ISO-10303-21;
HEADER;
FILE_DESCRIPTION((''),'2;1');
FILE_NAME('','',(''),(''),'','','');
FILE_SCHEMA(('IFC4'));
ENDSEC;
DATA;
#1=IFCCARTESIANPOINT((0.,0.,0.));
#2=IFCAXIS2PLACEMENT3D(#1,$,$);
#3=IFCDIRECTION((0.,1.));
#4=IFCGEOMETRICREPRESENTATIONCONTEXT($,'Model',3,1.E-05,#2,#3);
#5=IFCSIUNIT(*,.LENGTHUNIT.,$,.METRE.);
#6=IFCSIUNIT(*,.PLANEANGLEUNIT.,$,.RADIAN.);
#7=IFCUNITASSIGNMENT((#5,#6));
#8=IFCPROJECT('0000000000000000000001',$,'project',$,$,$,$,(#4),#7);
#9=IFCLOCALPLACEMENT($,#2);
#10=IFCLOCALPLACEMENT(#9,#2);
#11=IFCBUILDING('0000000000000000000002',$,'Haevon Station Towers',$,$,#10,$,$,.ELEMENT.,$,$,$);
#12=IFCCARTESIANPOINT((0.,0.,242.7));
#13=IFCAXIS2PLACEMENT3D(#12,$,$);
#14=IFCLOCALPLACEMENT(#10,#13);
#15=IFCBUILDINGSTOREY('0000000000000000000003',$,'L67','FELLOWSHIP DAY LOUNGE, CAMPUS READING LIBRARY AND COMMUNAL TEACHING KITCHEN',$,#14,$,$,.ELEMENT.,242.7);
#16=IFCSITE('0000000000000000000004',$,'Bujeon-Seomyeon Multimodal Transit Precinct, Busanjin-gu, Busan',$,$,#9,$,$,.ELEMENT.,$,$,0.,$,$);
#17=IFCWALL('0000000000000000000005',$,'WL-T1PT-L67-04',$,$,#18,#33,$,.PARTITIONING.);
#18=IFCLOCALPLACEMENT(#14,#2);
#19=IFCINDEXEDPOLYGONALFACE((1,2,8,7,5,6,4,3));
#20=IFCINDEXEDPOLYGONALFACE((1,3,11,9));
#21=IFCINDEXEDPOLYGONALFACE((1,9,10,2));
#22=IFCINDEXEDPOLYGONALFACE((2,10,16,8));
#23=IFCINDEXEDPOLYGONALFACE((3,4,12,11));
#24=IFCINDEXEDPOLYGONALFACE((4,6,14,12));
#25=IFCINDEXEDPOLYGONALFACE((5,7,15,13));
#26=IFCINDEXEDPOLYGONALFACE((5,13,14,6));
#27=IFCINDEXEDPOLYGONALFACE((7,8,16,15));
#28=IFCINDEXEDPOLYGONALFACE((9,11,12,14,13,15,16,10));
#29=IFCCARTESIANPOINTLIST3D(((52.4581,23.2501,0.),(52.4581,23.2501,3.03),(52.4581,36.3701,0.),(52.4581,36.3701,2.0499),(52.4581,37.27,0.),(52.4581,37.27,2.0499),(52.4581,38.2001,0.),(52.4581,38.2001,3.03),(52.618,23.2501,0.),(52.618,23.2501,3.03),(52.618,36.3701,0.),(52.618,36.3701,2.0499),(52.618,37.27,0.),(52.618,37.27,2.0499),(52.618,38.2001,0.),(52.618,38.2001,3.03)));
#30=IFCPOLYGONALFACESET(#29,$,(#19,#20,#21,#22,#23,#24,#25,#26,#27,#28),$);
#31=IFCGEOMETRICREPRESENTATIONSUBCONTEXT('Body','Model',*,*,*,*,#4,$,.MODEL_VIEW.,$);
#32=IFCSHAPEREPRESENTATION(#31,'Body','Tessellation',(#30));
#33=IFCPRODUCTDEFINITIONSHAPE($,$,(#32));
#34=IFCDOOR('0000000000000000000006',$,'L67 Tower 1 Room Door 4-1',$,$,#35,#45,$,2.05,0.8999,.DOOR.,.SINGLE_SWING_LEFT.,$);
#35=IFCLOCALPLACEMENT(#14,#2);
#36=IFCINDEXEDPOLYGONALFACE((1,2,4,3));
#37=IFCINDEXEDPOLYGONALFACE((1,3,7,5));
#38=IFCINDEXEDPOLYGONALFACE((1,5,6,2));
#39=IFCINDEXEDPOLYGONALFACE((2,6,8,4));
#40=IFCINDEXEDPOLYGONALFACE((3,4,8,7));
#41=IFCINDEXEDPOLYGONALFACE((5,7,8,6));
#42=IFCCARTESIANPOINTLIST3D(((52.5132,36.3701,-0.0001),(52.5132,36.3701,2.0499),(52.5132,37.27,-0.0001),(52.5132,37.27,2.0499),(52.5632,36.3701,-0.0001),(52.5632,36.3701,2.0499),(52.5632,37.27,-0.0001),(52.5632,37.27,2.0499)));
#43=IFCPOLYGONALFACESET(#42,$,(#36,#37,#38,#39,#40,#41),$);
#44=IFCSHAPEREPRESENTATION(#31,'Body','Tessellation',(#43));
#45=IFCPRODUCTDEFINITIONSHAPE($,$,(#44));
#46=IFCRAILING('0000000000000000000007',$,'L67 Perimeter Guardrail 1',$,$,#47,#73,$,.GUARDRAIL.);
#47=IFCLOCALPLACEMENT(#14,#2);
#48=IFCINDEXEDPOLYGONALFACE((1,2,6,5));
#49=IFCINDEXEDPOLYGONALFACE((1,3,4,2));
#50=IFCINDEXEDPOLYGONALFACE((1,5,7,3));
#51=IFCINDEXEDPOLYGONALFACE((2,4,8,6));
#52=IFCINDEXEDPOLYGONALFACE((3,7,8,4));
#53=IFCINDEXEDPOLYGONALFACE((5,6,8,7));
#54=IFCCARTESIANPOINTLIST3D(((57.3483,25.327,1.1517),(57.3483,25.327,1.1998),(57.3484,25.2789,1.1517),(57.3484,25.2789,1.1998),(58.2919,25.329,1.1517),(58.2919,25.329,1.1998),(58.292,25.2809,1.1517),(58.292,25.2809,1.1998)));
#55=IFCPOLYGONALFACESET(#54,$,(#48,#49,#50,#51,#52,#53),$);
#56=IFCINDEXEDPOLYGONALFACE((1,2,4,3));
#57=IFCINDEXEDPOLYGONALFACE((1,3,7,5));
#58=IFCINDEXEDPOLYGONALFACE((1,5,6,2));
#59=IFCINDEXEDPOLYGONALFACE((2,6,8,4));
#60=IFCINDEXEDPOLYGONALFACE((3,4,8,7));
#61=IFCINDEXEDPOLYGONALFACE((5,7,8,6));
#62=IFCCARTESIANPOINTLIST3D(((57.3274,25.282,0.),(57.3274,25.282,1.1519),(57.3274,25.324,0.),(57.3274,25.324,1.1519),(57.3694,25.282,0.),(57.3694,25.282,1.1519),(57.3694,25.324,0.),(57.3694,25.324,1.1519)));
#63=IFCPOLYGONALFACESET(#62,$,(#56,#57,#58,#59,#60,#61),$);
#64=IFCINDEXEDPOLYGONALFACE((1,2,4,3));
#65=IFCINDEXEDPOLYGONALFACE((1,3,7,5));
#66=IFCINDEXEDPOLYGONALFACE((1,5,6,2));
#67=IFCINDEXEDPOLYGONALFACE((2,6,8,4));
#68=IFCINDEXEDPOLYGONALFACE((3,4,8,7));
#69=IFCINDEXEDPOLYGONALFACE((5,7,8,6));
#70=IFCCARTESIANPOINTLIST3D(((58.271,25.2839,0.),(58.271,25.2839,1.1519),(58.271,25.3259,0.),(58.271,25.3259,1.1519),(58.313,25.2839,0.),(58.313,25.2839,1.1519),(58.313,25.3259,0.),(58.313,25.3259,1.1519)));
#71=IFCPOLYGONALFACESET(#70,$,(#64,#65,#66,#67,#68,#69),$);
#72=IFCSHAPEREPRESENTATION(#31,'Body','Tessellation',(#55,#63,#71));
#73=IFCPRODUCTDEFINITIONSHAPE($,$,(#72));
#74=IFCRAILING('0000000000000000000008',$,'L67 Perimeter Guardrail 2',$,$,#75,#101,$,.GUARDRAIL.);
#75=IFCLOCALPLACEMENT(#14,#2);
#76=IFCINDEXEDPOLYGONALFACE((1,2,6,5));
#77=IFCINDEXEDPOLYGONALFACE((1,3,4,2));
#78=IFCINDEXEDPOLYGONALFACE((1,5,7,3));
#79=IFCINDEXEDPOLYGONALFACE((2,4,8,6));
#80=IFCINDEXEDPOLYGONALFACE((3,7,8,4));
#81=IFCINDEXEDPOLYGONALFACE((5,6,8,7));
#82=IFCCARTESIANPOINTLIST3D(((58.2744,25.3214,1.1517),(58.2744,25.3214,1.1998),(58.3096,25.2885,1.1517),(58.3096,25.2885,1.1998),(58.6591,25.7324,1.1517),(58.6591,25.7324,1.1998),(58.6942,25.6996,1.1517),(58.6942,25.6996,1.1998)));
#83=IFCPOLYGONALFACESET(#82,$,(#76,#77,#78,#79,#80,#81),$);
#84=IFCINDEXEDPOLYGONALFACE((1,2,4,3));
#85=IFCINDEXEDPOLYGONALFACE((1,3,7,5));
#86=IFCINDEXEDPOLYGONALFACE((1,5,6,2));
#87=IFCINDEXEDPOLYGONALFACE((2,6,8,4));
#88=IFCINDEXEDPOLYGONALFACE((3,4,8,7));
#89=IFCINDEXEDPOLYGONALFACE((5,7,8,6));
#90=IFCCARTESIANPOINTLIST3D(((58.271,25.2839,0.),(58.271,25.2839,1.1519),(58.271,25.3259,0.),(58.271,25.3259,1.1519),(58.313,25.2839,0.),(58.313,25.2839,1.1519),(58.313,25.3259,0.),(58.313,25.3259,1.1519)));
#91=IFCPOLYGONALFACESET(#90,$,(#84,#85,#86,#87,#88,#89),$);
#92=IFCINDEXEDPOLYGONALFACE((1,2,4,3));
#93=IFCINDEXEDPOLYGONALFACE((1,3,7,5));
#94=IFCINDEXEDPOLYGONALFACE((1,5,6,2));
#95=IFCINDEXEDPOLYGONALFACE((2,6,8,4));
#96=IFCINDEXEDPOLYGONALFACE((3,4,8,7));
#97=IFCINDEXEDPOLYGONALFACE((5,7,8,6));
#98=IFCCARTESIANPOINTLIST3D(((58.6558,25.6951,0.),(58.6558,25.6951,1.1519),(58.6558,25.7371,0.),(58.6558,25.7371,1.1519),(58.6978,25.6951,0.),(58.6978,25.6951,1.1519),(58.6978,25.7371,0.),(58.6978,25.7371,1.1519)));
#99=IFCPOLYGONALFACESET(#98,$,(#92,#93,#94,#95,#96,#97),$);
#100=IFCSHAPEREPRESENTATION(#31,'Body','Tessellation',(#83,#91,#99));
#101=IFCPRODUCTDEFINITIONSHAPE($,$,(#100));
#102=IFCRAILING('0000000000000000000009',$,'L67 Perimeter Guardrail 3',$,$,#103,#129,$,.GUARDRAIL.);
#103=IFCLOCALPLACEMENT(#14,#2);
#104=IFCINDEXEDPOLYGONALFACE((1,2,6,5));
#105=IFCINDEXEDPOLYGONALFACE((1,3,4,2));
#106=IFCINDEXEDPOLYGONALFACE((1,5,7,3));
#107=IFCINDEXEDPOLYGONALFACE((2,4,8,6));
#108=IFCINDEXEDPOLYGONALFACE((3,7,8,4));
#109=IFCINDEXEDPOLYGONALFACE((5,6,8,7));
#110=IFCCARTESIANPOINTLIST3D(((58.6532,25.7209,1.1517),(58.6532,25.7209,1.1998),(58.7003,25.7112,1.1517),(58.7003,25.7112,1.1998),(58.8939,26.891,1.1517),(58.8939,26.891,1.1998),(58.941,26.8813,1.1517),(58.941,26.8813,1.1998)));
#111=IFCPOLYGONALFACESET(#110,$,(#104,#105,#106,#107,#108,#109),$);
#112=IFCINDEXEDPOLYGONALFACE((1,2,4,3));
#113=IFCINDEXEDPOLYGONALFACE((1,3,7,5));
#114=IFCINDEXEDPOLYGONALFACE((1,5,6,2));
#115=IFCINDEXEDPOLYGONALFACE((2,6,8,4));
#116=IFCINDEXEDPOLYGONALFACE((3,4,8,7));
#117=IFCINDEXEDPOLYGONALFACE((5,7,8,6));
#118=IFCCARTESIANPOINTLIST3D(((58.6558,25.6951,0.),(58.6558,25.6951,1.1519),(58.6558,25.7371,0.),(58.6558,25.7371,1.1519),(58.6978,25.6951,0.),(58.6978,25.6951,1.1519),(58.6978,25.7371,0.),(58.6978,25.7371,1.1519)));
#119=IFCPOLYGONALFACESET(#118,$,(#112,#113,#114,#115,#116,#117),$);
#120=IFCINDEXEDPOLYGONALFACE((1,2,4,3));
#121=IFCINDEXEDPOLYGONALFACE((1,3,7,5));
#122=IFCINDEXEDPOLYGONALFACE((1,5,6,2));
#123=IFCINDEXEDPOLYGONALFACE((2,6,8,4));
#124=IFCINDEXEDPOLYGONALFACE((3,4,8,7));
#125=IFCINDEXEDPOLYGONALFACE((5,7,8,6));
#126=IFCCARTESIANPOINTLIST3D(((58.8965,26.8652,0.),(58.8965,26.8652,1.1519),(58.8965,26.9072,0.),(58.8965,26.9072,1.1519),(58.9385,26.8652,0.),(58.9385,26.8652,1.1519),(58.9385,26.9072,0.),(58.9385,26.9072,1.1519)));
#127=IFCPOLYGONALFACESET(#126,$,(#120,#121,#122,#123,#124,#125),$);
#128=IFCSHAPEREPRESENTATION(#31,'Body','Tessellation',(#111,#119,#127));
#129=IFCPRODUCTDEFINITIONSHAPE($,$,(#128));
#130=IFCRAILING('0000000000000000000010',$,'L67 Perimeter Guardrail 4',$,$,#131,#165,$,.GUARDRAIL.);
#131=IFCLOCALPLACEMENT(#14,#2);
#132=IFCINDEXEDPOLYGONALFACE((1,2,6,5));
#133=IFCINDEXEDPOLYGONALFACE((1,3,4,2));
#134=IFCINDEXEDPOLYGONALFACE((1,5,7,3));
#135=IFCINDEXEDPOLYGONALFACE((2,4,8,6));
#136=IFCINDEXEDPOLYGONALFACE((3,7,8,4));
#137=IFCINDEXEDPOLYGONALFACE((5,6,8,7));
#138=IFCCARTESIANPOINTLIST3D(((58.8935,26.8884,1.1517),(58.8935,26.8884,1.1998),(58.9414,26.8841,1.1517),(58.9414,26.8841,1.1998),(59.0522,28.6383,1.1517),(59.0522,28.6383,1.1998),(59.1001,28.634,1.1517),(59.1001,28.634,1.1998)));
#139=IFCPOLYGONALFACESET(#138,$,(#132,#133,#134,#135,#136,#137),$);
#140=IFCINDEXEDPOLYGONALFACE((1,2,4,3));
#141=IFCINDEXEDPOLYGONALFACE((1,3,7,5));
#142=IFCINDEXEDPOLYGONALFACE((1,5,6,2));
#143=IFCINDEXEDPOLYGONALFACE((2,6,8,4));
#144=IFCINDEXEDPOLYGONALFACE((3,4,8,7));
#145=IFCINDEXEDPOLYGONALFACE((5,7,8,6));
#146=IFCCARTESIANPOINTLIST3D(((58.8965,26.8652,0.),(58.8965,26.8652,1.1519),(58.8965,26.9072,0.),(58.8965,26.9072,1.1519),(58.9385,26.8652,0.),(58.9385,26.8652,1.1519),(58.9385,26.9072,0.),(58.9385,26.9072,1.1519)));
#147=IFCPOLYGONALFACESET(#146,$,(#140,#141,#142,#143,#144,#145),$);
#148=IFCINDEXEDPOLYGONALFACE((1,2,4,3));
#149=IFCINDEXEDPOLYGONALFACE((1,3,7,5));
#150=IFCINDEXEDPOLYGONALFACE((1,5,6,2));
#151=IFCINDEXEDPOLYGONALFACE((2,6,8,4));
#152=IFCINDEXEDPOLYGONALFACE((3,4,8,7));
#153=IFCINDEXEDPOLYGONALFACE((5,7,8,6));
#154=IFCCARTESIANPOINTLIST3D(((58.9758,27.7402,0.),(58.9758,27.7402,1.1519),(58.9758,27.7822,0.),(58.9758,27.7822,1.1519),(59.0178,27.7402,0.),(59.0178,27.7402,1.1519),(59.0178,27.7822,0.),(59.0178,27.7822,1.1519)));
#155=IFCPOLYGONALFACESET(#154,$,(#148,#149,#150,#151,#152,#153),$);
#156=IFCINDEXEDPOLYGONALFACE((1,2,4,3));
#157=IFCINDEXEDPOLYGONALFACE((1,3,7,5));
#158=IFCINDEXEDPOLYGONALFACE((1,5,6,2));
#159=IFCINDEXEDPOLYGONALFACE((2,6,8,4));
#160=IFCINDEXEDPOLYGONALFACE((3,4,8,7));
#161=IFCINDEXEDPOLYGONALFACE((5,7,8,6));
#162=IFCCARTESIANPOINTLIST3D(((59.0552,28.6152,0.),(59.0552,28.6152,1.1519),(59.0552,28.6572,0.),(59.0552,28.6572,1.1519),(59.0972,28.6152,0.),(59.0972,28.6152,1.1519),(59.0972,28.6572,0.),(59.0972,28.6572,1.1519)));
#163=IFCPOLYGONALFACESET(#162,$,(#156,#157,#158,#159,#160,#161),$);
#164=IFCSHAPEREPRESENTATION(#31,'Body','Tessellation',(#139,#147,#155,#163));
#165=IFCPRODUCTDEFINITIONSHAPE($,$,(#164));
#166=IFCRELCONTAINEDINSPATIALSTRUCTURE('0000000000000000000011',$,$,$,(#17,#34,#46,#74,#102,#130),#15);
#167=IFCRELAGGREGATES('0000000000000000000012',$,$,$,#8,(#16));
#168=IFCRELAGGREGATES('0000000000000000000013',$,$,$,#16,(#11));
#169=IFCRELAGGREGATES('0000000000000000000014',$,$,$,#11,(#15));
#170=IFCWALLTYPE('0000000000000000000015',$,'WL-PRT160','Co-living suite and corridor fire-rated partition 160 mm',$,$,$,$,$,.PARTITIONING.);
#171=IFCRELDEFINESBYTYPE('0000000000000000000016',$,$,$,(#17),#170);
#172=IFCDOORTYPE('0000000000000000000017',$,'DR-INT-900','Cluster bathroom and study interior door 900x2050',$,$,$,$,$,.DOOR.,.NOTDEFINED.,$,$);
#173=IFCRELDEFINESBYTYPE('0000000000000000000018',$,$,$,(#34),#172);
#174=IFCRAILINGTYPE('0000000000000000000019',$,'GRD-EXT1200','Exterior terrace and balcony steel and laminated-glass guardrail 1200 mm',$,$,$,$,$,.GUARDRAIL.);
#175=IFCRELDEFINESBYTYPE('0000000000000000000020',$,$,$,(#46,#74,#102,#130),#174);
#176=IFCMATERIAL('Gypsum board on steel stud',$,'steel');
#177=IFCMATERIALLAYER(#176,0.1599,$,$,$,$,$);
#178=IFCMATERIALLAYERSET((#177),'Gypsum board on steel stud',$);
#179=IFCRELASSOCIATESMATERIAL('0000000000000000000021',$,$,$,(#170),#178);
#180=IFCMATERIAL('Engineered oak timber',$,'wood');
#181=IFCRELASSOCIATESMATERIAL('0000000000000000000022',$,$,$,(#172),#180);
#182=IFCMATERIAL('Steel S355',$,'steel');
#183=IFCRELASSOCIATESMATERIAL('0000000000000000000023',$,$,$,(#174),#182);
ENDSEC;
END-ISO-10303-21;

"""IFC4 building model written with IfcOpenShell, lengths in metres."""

from ifc_helpers import new_model, si_unit, direction, frame, frame_2d, origin, origin_2d, place, context, subcontext, project, spatial, rectangle, extrude, material, layer, layer_set, type_object, element, fill, save


model = new_model("IFC4")

# Units and contexts
model_context = context("Model", 3, precision=1e-05, world=origin(), true_north=direction((0.0, 1.0)))
body_context = subcontext(model_context, "Body", "Model", "MODEL_VIEW")
ifc_project = project(units=[si_unit("LENGTHUNIT", "METRE"), si_unit("PLANEANGLEUNIT", "RADIAN")], contexts=[model_context])

# Site, building, storey
site_placement = place(None, origin())
site = spatial("IfcSite", under=ifc_project, at=site_placement, Name="Bujeon-Seomyeon Multimodal Transit Precinct, Busanjin-gu, Busan", CompositionType="ELEMENT", RefElevation=0.0)
building_placement = place(site_placement, origin())
building = spatial("IfcBuilding", under=site, at=building_placement, Name="Haevon Station Towers", CompositionType="ELEMENT")
storey_placement = place(building_placement, frame((0.0, 0.0, 242.7)))
storey = spatial("IfcBuildingStorey", under=building, at=storey_placement, Name="L67", Description="FELLOWSHIP DAY LOUNGE, CAMPUS READING LIBRARY AND COMMUNAL TEACHING KITCHEN", CompositionType="ELEMENT", Elevation=242.7)

# Shared definitions
ifc_material_1 = material(Name="Steel S355", Category="steel")

# Wall, opening, door
ifc_material_2 = material(Name="Gypsum board on steel stud", Category="steel")
ifc_layer_1 = layer(ifc_material_2, 0.1599)
ifc_layer_set_1 = layer_set([ifc_layer_1], Name="Gypsum board on steel stud")
wall_type_1 = type_object("IfcWallType", Name="WL-PRT160", Description="Co-living suite and corridor fire-rated partition 160 mm", PredefinedType="PARTITIONING", material=ifc_layer_set_1)
wall_1_placement = place(storey_placement, frame((52.5381, 23.25, 0.0), z_axis=(0.0, 0.0, 1.0), x_axis=(0.0, 1.0, 0.0)))
wall_1 = element("IfcWall", 1, at=wall_1_placement, inside=storey, type_object=wall_type_1, Name="WL-T1PT-L67-04", PredefinedType="PARTITIONING", context=body_context, shape_type="SweptSolid", body=[
    extrude(rectangle(XDim=14.95, YDim=0.1599, at=frame_2d((7.4751, 0.0))), origin(), (0.0, 0.0, 1.0), 3.03),
])
opening_1_placement = place(wall_1_placement, frame((13.1201, 0.0, 0.0)))
opening_1 = element("IfcOpeningElement", 2, at=opening_1_placement, cuts=wall_1, PredefinedType="OPENING", context=body_context, shape_type="SweptSolid", body=[
    extrude(rectangle(XDim=0.8999, YDim=2.05, at=frame_2d((0.45, 1.0249))), frame((0.0, 0.0898, 0.0), z_axis=(0.0, -1.0, 0.0), x_axis=(1.0, 0.0, 0.0)), (0.0, 0.0, 1.0), 0.1799),
])
ifc_material_3 = material(Name="Engineered oak timber", Category="wood")
door_type = type_object("IfcDoorType", Name="DR-INT-900", Description="Cluster bathroom and study interior door 900x2050", OperationType="NOTDEFINED", PredefinedType="DOOR", material=ifc_material_3)
door_placement = place(opening_1_placement, origin())
door = element("IfcDoor", 3, at=door_placement, inside=storey, type_object=door_type, Name="L67 Tower 1 Room Door 4-1", OperationType="SINGLE_SWING_LEFT", OverallHeight=2.05, OverallWidth=0.8999, PredefinedType="DOOR", context=body_context, shape_type="SweptSolid", body=[
    extrude(rectangle(XDim=0.8999, YDim=2.05, at=frame_2d((0.45, 1.0249))), frame((0.0, 0.0249, 0.0), z_axis=(0.0, -1.0, 0.0), x_axis=(1.0, 0.0, 0.0)), (0.0, 0.0, 1.0), 0.05),
])
fill(opening_1, door)

# Railings
railing_type = type_object("IfcRailingType", Name="GRD-EXT1200", Description="Exterior terrace and balcony steel and laminated-glass guardrail 1200 mm", PredefinedType="GUARDRAIL", material=ifc_material_1)
railing_1_placement = place(storey_placement, frame((57.3484, 25.303, 0.0)))
element("IfcRailing", 4, at=railing_1_placement, inside=storey, type_object=railing_type, Name="L67 Perimeter Guardrail 1", PredefinedType="GUARDRAIL", context=body_context, shape_type="SweptSolid", body=[
    extrude(rectangle(XDim=0.0481, YDim=0.0481, at=origin_2d()), frame((0.0, 0.0, 1.1758), z_axis=(0.999998, 0.00207, 0.0), x_axis=(-0.00207, 0.999998, 0.0)), (0.0, 0.0, 1.0), 0.9436),
    extrude(rectangle(XDim=0.042, YDim=0.042, at=origin_2d()), origin(), (0.0, 0.0, 1.0), 1.1519),
    extrude(rectangle(XDim=0.042, YDim=0.042, at=origin_2d()), frame((0.9436, 0.002, 0.0)), (0.0, 0.0, 1.0), 1.1519),
])
railing_2_placement = place(storey_placement, frame((58.292, 25.3049, 0.0)))
element("IfcRailing", 5, at=railing_2_placement, inside=storey, type_object=railing_type, Name="L67 Perimeter Guardrail 2", PredefinedType="GUARDRAIL", context=body_context, shape_type="SweptSolid", body=[
    extrude(rectangle(XDim=0.0481, YDim=0.0481, at=origin_2d()), frame((0.0, 0.0, 1.1758), z_axis=(0.683306, 0.730132, 0.0), x_axis=(-0.730132, 0.683306, 0.0)), (0.0, 0.0, 1.0), 0.563),
    extrude(rectangle(XDim=0.042, YDim=0.042, at=origin_2d()), origin(), (0.0, 0.0, 1.0), 1.1519),
    extrude(rectangle(XDim=0.042, YDim=0.042, at=origin_2d()), frame((0.3848, 0.4111, 0.0)), (0.0, 0.0, 1.0), 1.1519),
])
railing_3_placement = place(storey_placement, frame((58.6768, 25.7161, 0.0)))
element("IfcRailing", 6, at=railing_3_placement, inside=storey, type_object=railing_type, Name="L67 Perimeter Guardrail 3", PredefinedType="GUARDRAIL", context=body_context, shape_type="SweptSolid", body=[
    extrude(rectangle(XDim=0.0481, YDim=0.0481, at=origin_2d()), frame((0.0, 0.0, 1.1758), z_axis=(0.201497, 0.979489, 0.0), x_axis=(-0.979489, 0.201497, 0.0)), (0.0, 0.0, 1.0), 1.1946),
    extrude(rectangle(XDim=0.042, YDim=0.042, at=origin_2d()), origin(), (0.0, 0.0, 1.0), 1.1519),
    extrude(rectangle(XDim=0.042, YDim=0.042, at=origin_2d()), frame((0.2407, 1.1702, 0.0)), (0.0, 0.0, 1.0), 1.1519),
])
railing_4_placement = place(storey_placement, frame((58.9175, 26.8862, 0.0)))
element("IfcRailing", 7, at=railing_4_placement, inside=storey, type_object=railing_type, Name="L67 Perimeter Guardrail 4", PredefinedType="GUARDRAIL", context=body_context, shape_type="SweptSolid", body=[
    extrude(rectangle(XDim=0.0481, YDim=0.0481, at=origin_2d()), frame((0.0, 0.0, 1.1758), z_axis=(0.09031, 0.995914, 0.0), x_axis=(-0.995914, 0.09031, 0.0)), (0.0, 0.0, 1.0), 1.7571),
    extrude(rectangle(XDim=0.042, YDim=0.042, at=origin_2d()), origin(), (0.0, 0.0, 1.0), 1.1519),
    extrude(rectangle(XDim=0.042, YDim=0.042, at=origin_2d()), frame((0.0793, 0.875, 0.0)), (0.0, 0.0, 1.0), 1.1519),
    extrude(rectangle(XDim=0.042, YDim=0.042, at=origin_2d()), frame((0.1587, 1.75, 0.0)), (0.0, 0.0, 1.0), 1.1519),
])

save(model, "model.ifc")
